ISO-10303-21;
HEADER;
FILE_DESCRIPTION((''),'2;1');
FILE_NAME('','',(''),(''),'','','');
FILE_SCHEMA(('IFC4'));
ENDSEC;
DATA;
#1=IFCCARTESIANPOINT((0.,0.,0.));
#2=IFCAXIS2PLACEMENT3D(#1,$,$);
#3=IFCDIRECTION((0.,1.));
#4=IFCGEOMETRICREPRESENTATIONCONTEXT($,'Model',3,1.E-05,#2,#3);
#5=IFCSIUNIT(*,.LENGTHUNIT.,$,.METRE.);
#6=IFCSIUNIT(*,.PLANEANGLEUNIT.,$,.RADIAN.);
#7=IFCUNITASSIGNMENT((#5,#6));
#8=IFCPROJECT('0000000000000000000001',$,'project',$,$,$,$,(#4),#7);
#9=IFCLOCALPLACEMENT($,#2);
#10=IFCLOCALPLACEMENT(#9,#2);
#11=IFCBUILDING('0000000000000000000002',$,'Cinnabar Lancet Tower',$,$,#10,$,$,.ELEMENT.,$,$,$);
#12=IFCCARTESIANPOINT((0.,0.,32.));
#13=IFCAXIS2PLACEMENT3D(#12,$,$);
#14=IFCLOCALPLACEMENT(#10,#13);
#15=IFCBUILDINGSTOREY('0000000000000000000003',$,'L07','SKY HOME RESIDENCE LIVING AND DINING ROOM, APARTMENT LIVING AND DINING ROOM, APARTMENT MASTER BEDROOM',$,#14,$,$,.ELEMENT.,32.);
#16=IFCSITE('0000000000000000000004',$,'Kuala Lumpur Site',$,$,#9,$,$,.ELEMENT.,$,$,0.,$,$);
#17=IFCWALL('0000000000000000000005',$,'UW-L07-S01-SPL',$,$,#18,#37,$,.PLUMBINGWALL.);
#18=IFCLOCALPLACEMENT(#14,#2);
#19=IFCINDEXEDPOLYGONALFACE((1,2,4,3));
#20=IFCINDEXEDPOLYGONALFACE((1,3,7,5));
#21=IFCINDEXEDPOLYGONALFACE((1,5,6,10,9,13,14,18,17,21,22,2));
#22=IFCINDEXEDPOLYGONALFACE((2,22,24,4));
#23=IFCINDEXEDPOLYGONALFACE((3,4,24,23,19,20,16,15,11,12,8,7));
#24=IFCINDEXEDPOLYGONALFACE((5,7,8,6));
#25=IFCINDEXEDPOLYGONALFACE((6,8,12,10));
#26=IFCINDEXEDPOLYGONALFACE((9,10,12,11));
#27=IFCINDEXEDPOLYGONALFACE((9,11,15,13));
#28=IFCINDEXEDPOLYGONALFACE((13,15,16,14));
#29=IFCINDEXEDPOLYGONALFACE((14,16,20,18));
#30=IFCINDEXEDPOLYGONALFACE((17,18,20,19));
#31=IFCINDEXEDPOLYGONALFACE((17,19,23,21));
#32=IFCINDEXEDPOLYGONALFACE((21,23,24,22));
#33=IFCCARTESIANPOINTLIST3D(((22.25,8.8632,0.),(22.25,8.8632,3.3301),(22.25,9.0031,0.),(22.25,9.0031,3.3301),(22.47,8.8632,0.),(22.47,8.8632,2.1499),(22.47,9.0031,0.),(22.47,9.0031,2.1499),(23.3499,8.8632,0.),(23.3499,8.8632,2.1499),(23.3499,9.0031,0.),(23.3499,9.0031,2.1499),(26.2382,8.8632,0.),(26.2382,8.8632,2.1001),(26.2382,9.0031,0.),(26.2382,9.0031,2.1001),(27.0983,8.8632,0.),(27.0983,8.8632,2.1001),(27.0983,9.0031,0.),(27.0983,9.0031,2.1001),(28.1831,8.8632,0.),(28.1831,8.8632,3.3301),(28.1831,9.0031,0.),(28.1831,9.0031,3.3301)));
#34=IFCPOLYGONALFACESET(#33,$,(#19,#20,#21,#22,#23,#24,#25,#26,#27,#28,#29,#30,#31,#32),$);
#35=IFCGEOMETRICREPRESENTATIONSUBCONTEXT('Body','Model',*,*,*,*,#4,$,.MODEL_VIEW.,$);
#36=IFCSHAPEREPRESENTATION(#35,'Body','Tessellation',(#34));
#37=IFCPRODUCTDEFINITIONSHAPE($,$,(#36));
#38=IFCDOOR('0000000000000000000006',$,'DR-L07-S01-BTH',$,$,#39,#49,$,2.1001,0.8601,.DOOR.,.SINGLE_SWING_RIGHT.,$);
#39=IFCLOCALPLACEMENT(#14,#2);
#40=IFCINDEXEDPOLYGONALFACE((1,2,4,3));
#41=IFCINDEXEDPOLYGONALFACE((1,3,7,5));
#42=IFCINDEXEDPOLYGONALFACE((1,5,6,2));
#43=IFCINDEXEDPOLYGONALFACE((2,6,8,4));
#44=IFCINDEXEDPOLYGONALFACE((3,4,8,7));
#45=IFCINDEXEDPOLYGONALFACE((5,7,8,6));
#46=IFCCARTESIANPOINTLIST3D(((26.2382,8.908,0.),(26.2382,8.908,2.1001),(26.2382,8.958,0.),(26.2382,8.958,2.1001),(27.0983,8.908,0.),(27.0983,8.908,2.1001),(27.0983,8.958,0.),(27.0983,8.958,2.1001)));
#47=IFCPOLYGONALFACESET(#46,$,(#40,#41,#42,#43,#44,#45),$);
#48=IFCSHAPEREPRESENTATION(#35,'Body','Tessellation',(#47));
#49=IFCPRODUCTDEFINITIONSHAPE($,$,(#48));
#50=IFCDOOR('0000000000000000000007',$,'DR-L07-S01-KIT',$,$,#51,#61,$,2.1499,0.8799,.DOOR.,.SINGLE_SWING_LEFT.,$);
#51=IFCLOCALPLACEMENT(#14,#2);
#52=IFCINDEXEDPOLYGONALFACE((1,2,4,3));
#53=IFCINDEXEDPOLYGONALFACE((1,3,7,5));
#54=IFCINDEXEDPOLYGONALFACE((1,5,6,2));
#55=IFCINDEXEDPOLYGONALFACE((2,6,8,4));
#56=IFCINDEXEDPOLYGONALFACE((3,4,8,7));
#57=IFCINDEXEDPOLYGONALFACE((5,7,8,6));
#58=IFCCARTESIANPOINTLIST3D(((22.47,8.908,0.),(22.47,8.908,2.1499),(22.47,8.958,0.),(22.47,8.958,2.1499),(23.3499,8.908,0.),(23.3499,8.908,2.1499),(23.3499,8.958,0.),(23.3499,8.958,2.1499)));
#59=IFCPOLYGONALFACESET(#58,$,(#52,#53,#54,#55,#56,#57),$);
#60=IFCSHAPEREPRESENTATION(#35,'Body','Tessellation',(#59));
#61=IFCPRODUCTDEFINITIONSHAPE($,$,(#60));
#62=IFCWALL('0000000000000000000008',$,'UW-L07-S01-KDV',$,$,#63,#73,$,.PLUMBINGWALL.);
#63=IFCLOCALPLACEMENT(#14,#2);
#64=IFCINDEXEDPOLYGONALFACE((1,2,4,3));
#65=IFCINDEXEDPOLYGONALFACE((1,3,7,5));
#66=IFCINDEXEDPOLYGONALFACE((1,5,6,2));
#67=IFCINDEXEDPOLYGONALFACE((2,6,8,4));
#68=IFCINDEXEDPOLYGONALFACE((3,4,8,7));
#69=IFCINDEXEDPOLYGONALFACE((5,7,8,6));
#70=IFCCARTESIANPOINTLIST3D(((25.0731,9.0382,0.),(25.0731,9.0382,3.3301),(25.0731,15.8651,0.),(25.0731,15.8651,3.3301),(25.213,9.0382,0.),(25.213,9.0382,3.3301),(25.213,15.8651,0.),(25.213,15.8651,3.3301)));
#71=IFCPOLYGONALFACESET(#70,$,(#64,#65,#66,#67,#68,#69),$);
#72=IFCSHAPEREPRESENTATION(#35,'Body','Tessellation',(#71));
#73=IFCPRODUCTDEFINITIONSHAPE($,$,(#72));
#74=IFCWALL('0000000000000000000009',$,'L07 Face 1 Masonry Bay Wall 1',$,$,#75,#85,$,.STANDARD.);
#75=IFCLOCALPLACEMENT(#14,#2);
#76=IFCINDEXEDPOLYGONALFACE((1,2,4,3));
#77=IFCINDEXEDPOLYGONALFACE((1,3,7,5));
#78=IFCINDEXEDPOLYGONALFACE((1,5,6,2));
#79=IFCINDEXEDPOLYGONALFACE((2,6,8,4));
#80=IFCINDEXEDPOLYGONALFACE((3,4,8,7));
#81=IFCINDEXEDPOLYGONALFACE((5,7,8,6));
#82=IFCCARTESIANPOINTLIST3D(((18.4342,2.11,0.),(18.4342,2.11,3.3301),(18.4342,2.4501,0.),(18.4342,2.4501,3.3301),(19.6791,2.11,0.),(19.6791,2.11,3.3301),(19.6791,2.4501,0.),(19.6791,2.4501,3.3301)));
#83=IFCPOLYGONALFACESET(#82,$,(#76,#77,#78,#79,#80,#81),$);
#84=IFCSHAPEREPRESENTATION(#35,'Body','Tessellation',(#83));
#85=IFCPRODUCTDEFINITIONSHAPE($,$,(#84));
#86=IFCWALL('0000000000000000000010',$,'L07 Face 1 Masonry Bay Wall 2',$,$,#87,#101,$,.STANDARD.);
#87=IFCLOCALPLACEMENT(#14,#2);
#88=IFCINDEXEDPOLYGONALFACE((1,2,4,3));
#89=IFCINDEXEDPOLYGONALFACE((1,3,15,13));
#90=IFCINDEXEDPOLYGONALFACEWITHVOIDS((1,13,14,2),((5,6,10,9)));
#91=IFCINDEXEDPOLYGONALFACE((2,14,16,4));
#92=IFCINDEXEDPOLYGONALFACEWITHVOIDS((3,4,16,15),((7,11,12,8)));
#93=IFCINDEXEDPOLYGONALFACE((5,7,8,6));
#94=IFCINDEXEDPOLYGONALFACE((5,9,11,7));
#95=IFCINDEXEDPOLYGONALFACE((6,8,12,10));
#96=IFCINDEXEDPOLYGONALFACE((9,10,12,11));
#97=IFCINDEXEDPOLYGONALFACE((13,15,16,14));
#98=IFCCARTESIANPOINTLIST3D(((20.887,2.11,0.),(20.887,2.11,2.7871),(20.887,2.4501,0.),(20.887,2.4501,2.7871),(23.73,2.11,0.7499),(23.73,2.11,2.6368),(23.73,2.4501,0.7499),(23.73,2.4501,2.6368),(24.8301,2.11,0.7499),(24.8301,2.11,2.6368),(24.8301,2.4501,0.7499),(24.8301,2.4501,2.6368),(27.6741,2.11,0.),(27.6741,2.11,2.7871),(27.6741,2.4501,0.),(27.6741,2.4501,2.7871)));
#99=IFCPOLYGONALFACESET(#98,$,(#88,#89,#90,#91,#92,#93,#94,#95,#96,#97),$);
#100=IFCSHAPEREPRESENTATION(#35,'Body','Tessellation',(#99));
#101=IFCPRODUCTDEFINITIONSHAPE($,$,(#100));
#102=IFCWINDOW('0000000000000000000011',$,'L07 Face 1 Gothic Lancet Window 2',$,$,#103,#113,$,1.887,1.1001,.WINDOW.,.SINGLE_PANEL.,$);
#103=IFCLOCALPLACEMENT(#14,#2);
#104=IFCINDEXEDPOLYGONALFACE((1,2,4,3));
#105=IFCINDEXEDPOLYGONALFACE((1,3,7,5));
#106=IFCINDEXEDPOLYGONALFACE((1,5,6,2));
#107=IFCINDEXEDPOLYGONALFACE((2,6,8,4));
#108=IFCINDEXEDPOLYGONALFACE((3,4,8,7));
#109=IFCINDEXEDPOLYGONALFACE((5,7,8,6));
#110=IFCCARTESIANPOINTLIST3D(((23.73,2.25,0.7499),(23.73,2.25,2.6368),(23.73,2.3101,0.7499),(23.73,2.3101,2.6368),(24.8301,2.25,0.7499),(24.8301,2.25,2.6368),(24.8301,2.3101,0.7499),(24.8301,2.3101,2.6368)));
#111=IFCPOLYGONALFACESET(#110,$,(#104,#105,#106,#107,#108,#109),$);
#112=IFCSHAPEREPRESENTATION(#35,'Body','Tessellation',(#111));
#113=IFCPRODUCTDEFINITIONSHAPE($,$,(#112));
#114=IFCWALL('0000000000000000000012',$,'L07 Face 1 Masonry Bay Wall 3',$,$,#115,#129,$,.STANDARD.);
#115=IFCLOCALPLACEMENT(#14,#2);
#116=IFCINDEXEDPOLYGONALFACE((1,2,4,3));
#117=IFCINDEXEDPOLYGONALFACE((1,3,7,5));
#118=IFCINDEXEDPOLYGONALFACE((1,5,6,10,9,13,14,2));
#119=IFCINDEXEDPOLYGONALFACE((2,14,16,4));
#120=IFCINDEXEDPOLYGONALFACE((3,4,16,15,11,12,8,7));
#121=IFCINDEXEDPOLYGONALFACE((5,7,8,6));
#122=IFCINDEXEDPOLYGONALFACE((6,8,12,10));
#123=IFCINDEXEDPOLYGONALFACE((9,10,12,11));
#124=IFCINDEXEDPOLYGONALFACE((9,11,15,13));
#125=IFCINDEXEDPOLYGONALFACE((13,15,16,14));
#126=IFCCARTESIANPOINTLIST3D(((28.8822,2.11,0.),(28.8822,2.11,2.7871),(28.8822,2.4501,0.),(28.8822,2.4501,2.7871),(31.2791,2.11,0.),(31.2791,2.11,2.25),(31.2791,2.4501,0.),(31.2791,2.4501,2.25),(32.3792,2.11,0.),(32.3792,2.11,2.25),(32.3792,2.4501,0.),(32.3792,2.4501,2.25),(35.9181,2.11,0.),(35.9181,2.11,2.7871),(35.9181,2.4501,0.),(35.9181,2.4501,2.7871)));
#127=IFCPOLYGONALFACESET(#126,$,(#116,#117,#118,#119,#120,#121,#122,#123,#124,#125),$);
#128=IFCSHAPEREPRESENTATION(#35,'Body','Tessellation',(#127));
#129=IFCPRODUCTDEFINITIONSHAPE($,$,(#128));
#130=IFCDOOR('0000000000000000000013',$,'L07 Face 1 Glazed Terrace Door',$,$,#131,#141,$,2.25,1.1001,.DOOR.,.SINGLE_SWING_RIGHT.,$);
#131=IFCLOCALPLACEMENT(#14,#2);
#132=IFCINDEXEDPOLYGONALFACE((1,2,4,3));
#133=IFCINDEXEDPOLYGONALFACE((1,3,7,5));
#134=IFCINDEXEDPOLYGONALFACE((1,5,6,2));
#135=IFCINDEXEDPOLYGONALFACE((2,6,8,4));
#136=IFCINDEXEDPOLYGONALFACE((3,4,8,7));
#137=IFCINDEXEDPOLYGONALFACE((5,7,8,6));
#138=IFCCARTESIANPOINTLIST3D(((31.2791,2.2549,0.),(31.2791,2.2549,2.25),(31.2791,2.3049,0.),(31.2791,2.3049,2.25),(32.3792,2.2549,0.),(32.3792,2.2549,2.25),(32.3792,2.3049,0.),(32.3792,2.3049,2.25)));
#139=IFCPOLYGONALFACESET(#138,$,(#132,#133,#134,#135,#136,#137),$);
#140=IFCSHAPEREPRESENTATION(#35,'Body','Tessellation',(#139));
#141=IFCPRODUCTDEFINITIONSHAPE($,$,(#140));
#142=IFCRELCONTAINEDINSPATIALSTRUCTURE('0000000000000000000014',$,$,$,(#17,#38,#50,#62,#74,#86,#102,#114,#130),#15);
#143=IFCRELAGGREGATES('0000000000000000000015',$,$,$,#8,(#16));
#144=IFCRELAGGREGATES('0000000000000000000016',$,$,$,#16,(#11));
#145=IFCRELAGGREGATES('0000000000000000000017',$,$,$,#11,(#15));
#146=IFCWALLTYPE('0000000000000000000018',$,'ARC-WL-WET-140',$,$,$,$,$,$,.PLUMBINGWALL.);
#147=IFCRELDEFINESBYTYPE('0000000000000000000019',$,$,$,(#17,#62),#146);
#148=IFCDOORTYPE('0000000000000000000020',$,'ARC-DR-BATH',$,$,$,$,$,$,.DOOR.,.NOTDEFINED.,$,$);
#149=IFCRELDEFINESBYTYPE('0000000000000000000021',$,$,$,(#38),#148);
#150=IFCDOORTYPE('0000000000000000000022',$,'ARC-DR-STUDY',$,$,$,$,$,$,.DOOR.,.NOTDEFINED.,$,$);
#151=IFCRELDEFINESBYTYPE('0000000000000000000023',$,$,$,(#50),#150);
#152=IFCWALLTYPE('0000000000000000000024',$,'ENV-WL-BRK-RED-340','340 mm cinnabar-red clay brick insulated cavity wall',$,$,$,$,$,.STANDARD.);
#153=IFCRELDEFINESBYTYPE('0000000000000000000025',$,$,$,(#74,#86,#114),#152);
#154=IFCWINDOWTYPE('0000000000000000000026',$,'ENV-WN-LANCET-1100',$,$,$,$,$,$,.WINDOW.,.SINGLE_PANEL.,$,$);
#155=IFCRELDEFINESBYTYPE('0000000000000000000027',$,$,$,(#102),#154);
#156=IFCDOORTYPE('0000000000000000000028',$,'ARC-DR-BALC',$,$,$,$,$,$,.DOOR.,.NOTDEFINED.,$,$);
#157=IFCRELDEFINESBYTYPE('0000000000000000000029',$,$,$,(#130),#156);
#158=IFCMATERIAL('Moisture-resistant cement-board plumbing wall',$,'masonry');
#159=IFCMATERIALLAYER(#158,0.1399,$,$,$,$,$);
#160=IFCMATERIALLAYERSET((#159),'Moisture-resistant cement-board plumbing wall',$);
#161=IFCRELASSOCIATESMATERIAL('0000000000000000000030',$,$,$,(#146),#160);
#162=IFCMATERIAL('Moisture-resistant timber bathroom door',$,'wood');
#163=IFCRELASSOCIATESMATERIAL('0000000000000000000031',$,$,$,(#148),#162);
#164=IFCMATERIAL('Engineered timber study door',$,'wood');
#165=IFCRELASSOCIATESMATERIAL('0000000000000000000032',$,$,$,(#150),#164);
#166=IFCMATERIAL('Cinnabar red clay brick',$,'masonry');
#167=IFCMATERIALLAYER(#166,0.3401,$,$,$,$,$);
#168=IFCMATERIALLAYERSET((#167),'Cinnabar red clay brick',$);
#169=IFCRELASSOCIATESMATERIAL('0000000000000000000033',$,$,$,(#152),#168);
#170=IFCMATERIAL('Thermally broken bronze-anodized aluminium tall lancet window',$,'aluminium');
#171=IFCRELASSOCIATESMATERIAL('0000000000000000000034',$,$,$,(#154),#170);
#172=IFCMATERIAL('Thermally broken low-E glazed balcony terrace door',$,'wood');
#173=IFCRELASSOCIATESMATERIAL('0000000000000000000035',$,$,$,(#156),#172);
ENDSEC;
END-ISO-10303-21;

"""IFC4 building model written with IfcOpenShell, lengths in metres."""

from ifc_helpers import new_model, si_unit, direction, frame, frame_2d, origin, place, context, subcontext, project, spatial, rectangle, extrude, material, layer, layer_set, type_object, element, fill, save


model = new_model("IFC4")

# Units and contexts
model_context = context("Model", 3, precision=1e-05, world=origin(), true_north=direction((0.0, 1.0)))
body_context = subcontext(model_context, "Body", "Model", "MODEL_VIEW")
ifc_project = project(units=[si_unit("LENGTHUNIT", "METRE"), si_unit("PLANEANGLEUNIT", "RADIAN")], contexts=[model_context])

# Site, building, storey
site_placement = place(None, origin())
site = spatial("IfcSite", under=ifc_project, at=site_placement, Name="Kuala Lumpur Site", CompositionType="ELEMENT", RefElevation=0.0)
building_placement = place(site_placement, origin())
building = spatial("IfcBuilding", under=site, at=building_placement, Name="Cinnabar Lancet Tower", CompositionType="ELEMENT")
storey_placement = place(building_placement, frame((0.0, 0.0, 32.0)))
storey = spatial("IfcBuildingStorey", under=building, at=storey_placement, Name="L07", Description="SKY HOME RESIDENCE LIVING AND DINING ROOM, APARTMENT LIVING AND DINING ROOM, APARTMENT MASTER BEDROOM", CompositionType="ELEMENT", Elevation=32.0)

# Wall, openings, doors
ifc_material_1 = material(Name="Moisture-resistant cement-board plumbing wall", Category="masonry")
ifc_layer_1 = layer(ifc_material_1, 0.1399)
ifc_layer_set_1 = layer_set([ifc_layer_1], Name="Moisture-resistant cement-board plumbing wall")
wall_type_1 = type_object("IfcWallType", Name="ARC-WL-WET-140", PredefinedType="PLUMBINGWALL", material=ifc_layer_set_1)
wall_1_placement = place(storey_placement, frame((22.25, 8.9331, 0.0), z_axis=(0.0, 0.0, 1.0), x_axis=(1.0, 0.0, 0.0)))
wall_1 = element("IfcWall", 1, at=wall_1_placement, inside=storey, type_object=wall_type_1, Name="UW-L07-S01-SPL", PredefinedType="PLUMBINGWALL", context=body_context, shape_type="SweptSolid", body=[
    extrude(rectangle(XDim=5.9331, YDim=0.1399, at=frame_2d((2.9666, 0.0))), origin(), (0.0, 0.0, 1.0), 3.3301),
])
opening_1_placement = place(wall_1_placement, frame((3.988, 0.0, 0.0)))
opening_1 = element("IfcOpeningElement", 2, at=opening_1_placement, cuts=wall_1, PredefinedType="OPENING", context=body_context, shape_type="SweptSolid", body=[
    extrude(rectangle(XDim=0.8601, YDim=2.1001, at=frame_2d((0.4302, 1.05))), frame((0.0, 0.0798, 0.0), z_axis=(0.0, -1.0, 0.0), x_axis=(1.0, 0.0, 0.0)), (0.0, 0.0, 1.0), 0.1599),
])
opening_2_placement = place(wall_1_placement, frame((0.22, 0.0, 0.0)))
opening_2 = element("IfcOpeningElement", 3, at=opening_2_placement, cuts=wall_1, PredefinedType="OPENING", context=body_context, shape_type="SweptSolid", body=[
    extrude(rectangle(XDim=0.8799, YDim=2.1499, at=frame_2d((0.4399, 1.075))), frame((0.0, 0.0798, 0.0), z_axis=(0.0, -1.0, 0.0), x_axis=(1.0, 0.0, 0.0)), (0.0, 0.0, 1.0), 0.1599),
])
ifc_material_2 = material(Name="Moisture-resistant timber bathroom door", Category="wood")
door_type_1 = type_object("IfcDoorType", Name="ARC-DR-BATH", OperationType="NOTDEFINED", PredefinedType="DOOR", material=ifc_material_2)
door_1_placement = place(opening_1_placement, origin())
door_1 = element("IfcDoor", 4, at=door_1_placement, inside=storey, type_object=door_type_1, Name="DR-L07-S01-BTH", OperationType="SINGLE_SWING_RIGHT", OverallHeight=2.1001, OverallWidth=0.8601, PredefinedType="DOOR", context=body_context, shape_type="SweptSolid", body=[
    extrude(rectangle(XDim=0.8601, YDim=2.1001, at=frame_2d((0.4302, 1.05))), frame((0.0, 0.0249, 0.0), z_axis=(0.0, -1.0, 0.0), x_axis=(1.0, 0.0, 0.0)), (0.0, 0.0, 1.0), 0.05),
])
fill(opening_1, door_1)
ifc_material_3 = material(Name="Engineered timber study door", Category="wood")
door_type_2 = type_object("IfcDoorType", Name="ARC-DR-STUDY", OperationType="NOTDEFINED", PredefinedType="DOOR", material=ifc_material_3)
door_2_placement = place(opening_2_placement, origin())
door_2 = element("IfcDoor", 5, at=door_2_placement, inside=storey, type_object=door_type_2, Name="DR-L07-S01-KIT", OperationType="SINGLE_SWING_LEFT", OverallHeight=2.1499, OverallWidth=0.8799, PredefinedType="DOOR", context=body_context, shape_type="SweptSolid", body=[
    extrude(rectangle(XDim=0.8799, YDim=2.1499, at=frame_2d((0.4399, 1.075))), frame((0.0, 0.0249, 0.0), z_axis=(0.0, -1.0, 0.0), x_axis=(1.0, 0.0, 0.0)), (0.0, 0.0, 1.0), 0.05),
])
fill(opening_2, door_2)

# Walls
wall_2_placement = place(storey_placement, frame((25.1431, 9.0381, 0.0), z_axis=(0.0, 0.0, 1.0), x_axis=(0.0, 1.0, 0.0)))
element("IfcWall", 6, at=wall_2_placement, inside=storey, type_object=wall_type_1, Name="UW-L07-S01-KDV", PredefinedType="PLUMBINGWALL", context=body_context, shape_type="SweptSolid", body=[
    extrude(rectangle(XDim=6.8269, YDim=0.1399, at=frame_2d((3.4136, 0.0))), origin(), (0.0, 0.0, 1.0), 3.3301),
])
ifc_material_4 = material(Name="Cinnabar red clay brick", Category="masonry")
ifc_layer_2 = layer(ifc_material_4, 0.3401)
ifc_layer_set_2 = layer_set([ifc_layer_2], Name="Cinnabar red clay brick")
wall_type_2 = type_object("IfcWallType", Name="ENV-WL-BRK-RED-340", Description="340 mm cinnabar-red clay brick insulated cavity wall", PredefinedType="STANDARD", material=ifc_layer_set_2)
wall_3_placement = place(storey_placement, frame((18.4341, 2.28, 0.0), z_axis=(0.0, 0.0, 1.0), x_axis=(1.0, 0.0, 0.0)))
element("IfcWall", 7, at=wall_3_placement, inside=storey, type_object=wall_type_2, Name="L07 Face 1 Masonry Bay Wall 1", PredefinedType="STANDARD", context=body_context, shape_type="SweptSolid", body=[
    extrude(rectangle(XDim=1.2449, YDim=0.3401, at=frame_2d((0.6226, 0.0))), origin(), (0.0, 0.0, 1.0), 3.3301),
])

# Wall, opening, window
wall_4_placement = place(storey_placement, frame((20.887, 2.28, 0.0), z_axis=(0.0, 0.0, 1.0), x_axis=(1.0, 0.0, 0.0)))
wall_4 = element("IfcWall", 8, at=wall_4_placement, inside=storey, type_object=wall_type_2, Name="L07 Face 1 Masonry Bay Wall 2", PredefinedType="STANDARD", context=body_context, shape_type="SweptSolid", body=[
    extrude(rectangle(XDim=6.7871, YDim=0.3401, at=frame_2d((3.3936, 0.0))), origin(), (0.0, 0.0, 1.0), 2.7871),
])
opening_3_placement = place(wall_4_placement, frame((2.843, 0.0, 0.75)))
opening_3 = element("IfcOpeningElement", 9, at=opening_3_placement, cuts=wall_4, PredefinedType="OPENING", context=body_context, shape_type="SweptSolid", body=[
    extrude(rectangle(XDim=1.1001, YDim=1.887, at=frame_2d((0.55, 0.9434))), frame((0.0, 0.1799, 0.0), z_axis=(0.0, -1.0, 0.0), x_axis=(1.0, 0.0, 0.0)), (0.0, 0.0, 1.0), 0.3601),
])
ifc_material_5 = material(Name="Thermally broken bronze-anodized aluminium tall lancet window", Category="aluminium")
window_type = type_object("IfcWindowType", Name="ENV-WN-LANCET-1100", PartitioningType="SINGLE_PANEL", PredefinedType="WINDOW", material=ifc_material_5)
window_placement = place(opening_3_placement, origin())
window = element("IfcWindow", 10, at=window_placement, inside=storey, type_object=window_type, Name="L07 Face 1 Gothic Lancet Window 2", OverallHeight=1.887, OverallWidth=1.1001, PartitioningType="SINGLE_PANEL", PredefinedType="WINDOW", context=body_context, shape_type="SweptSolid", body=[
    extrude(rectangle(XDim=1.1001, YDim=1.887, at=frame_2d((0.55, 0.9434))), frame((0.0, 0.03, 0.0), z_axis=(0.0, -1.0, 0.0), x_axis=(1.0, 0.0, 0.0)), (0.0, 0.0, 1.0), 0.0601),
])
fill(opening_3, window)

# Wall, opening, door
wall_5_placement = place(storey_placement, frame((28.8821, 2.28, 0.0), z_axis=(0.0, 0.0, 1.0), x_axis=(1.0, 0.0, 0.0)))
wall_5 = element("IfcWall", 11, at=wall_5_placement, inside=storey, type_object=wall_type_2, Name="L07 Face 1 Masonry Bay Wall 3", PredefinedType="STANDARD", context=body_context, shape_type="SweptSolid", body=[
    extrude(rectangle(XDim=7.0359, YDim=0.3401, at=frame_2d((3.5181, 0.0))), origin(), (0.0, 0.0, 1.0), 2.7871),
])
opening_4_placement = place(wall_5_placement, frame((2.397, 0.0, 0.0)))
opening_4 = element("IfcOpeningElement", 12, at=opening_4_placement, cuts=wall_5, PredefinedType="OPENING", context=body_context, shape_type="SweptSolid", body=[
    extrude(rectangle(XDim=1.1001, YDim=2.25, at=frame_2d((0.55, 1.125))), frame((0.0, 0.1799, 0.0), z_axis=(0.0, -1.0, 0.0), x_axis=(1.0, 0.0, 0.0)), (0.0, 0.0, 1.0), 0.3601),
])
ifc_material_6 = material(Name="Thermally broken low-E glazed balcony terrace door", Category="wood")
door_type_3 = type_object("IfcDoorType", Name="ARC-DR-BALC", OperationType="NOTDEFINED", PredefinedType="DOOR", material=ifc_material_6)
door_3_placement = place(opening_4_placement, origin())
door_3 = element("IfcDoor", 13, at=door_3_placement, inside=storey, type_object=door_type_3, Name="L07 Face 1 Glazed Terrace Door", OperationType="SINGLE_SWING_RIGHT", OverallHeight=2.25, OverallWidth=1.1001, PredefinedType="DOOR", context=body_context, shape_type="SweptSolid", body=[
    extrude(rectangle(XDim=1.1001, YDim=2.25, at=frame_2d((0.55, 1.125))), frame((0.0, 0.0249, 0.0), z_axis=(0.0, -1.0, 0.0), x_axis=(1.0, 0.0, 0.0)), (0.0, 0.0, 1.0), 0.05),
])
fill(opening_4, door_3)

save(model, "model.ifc")
